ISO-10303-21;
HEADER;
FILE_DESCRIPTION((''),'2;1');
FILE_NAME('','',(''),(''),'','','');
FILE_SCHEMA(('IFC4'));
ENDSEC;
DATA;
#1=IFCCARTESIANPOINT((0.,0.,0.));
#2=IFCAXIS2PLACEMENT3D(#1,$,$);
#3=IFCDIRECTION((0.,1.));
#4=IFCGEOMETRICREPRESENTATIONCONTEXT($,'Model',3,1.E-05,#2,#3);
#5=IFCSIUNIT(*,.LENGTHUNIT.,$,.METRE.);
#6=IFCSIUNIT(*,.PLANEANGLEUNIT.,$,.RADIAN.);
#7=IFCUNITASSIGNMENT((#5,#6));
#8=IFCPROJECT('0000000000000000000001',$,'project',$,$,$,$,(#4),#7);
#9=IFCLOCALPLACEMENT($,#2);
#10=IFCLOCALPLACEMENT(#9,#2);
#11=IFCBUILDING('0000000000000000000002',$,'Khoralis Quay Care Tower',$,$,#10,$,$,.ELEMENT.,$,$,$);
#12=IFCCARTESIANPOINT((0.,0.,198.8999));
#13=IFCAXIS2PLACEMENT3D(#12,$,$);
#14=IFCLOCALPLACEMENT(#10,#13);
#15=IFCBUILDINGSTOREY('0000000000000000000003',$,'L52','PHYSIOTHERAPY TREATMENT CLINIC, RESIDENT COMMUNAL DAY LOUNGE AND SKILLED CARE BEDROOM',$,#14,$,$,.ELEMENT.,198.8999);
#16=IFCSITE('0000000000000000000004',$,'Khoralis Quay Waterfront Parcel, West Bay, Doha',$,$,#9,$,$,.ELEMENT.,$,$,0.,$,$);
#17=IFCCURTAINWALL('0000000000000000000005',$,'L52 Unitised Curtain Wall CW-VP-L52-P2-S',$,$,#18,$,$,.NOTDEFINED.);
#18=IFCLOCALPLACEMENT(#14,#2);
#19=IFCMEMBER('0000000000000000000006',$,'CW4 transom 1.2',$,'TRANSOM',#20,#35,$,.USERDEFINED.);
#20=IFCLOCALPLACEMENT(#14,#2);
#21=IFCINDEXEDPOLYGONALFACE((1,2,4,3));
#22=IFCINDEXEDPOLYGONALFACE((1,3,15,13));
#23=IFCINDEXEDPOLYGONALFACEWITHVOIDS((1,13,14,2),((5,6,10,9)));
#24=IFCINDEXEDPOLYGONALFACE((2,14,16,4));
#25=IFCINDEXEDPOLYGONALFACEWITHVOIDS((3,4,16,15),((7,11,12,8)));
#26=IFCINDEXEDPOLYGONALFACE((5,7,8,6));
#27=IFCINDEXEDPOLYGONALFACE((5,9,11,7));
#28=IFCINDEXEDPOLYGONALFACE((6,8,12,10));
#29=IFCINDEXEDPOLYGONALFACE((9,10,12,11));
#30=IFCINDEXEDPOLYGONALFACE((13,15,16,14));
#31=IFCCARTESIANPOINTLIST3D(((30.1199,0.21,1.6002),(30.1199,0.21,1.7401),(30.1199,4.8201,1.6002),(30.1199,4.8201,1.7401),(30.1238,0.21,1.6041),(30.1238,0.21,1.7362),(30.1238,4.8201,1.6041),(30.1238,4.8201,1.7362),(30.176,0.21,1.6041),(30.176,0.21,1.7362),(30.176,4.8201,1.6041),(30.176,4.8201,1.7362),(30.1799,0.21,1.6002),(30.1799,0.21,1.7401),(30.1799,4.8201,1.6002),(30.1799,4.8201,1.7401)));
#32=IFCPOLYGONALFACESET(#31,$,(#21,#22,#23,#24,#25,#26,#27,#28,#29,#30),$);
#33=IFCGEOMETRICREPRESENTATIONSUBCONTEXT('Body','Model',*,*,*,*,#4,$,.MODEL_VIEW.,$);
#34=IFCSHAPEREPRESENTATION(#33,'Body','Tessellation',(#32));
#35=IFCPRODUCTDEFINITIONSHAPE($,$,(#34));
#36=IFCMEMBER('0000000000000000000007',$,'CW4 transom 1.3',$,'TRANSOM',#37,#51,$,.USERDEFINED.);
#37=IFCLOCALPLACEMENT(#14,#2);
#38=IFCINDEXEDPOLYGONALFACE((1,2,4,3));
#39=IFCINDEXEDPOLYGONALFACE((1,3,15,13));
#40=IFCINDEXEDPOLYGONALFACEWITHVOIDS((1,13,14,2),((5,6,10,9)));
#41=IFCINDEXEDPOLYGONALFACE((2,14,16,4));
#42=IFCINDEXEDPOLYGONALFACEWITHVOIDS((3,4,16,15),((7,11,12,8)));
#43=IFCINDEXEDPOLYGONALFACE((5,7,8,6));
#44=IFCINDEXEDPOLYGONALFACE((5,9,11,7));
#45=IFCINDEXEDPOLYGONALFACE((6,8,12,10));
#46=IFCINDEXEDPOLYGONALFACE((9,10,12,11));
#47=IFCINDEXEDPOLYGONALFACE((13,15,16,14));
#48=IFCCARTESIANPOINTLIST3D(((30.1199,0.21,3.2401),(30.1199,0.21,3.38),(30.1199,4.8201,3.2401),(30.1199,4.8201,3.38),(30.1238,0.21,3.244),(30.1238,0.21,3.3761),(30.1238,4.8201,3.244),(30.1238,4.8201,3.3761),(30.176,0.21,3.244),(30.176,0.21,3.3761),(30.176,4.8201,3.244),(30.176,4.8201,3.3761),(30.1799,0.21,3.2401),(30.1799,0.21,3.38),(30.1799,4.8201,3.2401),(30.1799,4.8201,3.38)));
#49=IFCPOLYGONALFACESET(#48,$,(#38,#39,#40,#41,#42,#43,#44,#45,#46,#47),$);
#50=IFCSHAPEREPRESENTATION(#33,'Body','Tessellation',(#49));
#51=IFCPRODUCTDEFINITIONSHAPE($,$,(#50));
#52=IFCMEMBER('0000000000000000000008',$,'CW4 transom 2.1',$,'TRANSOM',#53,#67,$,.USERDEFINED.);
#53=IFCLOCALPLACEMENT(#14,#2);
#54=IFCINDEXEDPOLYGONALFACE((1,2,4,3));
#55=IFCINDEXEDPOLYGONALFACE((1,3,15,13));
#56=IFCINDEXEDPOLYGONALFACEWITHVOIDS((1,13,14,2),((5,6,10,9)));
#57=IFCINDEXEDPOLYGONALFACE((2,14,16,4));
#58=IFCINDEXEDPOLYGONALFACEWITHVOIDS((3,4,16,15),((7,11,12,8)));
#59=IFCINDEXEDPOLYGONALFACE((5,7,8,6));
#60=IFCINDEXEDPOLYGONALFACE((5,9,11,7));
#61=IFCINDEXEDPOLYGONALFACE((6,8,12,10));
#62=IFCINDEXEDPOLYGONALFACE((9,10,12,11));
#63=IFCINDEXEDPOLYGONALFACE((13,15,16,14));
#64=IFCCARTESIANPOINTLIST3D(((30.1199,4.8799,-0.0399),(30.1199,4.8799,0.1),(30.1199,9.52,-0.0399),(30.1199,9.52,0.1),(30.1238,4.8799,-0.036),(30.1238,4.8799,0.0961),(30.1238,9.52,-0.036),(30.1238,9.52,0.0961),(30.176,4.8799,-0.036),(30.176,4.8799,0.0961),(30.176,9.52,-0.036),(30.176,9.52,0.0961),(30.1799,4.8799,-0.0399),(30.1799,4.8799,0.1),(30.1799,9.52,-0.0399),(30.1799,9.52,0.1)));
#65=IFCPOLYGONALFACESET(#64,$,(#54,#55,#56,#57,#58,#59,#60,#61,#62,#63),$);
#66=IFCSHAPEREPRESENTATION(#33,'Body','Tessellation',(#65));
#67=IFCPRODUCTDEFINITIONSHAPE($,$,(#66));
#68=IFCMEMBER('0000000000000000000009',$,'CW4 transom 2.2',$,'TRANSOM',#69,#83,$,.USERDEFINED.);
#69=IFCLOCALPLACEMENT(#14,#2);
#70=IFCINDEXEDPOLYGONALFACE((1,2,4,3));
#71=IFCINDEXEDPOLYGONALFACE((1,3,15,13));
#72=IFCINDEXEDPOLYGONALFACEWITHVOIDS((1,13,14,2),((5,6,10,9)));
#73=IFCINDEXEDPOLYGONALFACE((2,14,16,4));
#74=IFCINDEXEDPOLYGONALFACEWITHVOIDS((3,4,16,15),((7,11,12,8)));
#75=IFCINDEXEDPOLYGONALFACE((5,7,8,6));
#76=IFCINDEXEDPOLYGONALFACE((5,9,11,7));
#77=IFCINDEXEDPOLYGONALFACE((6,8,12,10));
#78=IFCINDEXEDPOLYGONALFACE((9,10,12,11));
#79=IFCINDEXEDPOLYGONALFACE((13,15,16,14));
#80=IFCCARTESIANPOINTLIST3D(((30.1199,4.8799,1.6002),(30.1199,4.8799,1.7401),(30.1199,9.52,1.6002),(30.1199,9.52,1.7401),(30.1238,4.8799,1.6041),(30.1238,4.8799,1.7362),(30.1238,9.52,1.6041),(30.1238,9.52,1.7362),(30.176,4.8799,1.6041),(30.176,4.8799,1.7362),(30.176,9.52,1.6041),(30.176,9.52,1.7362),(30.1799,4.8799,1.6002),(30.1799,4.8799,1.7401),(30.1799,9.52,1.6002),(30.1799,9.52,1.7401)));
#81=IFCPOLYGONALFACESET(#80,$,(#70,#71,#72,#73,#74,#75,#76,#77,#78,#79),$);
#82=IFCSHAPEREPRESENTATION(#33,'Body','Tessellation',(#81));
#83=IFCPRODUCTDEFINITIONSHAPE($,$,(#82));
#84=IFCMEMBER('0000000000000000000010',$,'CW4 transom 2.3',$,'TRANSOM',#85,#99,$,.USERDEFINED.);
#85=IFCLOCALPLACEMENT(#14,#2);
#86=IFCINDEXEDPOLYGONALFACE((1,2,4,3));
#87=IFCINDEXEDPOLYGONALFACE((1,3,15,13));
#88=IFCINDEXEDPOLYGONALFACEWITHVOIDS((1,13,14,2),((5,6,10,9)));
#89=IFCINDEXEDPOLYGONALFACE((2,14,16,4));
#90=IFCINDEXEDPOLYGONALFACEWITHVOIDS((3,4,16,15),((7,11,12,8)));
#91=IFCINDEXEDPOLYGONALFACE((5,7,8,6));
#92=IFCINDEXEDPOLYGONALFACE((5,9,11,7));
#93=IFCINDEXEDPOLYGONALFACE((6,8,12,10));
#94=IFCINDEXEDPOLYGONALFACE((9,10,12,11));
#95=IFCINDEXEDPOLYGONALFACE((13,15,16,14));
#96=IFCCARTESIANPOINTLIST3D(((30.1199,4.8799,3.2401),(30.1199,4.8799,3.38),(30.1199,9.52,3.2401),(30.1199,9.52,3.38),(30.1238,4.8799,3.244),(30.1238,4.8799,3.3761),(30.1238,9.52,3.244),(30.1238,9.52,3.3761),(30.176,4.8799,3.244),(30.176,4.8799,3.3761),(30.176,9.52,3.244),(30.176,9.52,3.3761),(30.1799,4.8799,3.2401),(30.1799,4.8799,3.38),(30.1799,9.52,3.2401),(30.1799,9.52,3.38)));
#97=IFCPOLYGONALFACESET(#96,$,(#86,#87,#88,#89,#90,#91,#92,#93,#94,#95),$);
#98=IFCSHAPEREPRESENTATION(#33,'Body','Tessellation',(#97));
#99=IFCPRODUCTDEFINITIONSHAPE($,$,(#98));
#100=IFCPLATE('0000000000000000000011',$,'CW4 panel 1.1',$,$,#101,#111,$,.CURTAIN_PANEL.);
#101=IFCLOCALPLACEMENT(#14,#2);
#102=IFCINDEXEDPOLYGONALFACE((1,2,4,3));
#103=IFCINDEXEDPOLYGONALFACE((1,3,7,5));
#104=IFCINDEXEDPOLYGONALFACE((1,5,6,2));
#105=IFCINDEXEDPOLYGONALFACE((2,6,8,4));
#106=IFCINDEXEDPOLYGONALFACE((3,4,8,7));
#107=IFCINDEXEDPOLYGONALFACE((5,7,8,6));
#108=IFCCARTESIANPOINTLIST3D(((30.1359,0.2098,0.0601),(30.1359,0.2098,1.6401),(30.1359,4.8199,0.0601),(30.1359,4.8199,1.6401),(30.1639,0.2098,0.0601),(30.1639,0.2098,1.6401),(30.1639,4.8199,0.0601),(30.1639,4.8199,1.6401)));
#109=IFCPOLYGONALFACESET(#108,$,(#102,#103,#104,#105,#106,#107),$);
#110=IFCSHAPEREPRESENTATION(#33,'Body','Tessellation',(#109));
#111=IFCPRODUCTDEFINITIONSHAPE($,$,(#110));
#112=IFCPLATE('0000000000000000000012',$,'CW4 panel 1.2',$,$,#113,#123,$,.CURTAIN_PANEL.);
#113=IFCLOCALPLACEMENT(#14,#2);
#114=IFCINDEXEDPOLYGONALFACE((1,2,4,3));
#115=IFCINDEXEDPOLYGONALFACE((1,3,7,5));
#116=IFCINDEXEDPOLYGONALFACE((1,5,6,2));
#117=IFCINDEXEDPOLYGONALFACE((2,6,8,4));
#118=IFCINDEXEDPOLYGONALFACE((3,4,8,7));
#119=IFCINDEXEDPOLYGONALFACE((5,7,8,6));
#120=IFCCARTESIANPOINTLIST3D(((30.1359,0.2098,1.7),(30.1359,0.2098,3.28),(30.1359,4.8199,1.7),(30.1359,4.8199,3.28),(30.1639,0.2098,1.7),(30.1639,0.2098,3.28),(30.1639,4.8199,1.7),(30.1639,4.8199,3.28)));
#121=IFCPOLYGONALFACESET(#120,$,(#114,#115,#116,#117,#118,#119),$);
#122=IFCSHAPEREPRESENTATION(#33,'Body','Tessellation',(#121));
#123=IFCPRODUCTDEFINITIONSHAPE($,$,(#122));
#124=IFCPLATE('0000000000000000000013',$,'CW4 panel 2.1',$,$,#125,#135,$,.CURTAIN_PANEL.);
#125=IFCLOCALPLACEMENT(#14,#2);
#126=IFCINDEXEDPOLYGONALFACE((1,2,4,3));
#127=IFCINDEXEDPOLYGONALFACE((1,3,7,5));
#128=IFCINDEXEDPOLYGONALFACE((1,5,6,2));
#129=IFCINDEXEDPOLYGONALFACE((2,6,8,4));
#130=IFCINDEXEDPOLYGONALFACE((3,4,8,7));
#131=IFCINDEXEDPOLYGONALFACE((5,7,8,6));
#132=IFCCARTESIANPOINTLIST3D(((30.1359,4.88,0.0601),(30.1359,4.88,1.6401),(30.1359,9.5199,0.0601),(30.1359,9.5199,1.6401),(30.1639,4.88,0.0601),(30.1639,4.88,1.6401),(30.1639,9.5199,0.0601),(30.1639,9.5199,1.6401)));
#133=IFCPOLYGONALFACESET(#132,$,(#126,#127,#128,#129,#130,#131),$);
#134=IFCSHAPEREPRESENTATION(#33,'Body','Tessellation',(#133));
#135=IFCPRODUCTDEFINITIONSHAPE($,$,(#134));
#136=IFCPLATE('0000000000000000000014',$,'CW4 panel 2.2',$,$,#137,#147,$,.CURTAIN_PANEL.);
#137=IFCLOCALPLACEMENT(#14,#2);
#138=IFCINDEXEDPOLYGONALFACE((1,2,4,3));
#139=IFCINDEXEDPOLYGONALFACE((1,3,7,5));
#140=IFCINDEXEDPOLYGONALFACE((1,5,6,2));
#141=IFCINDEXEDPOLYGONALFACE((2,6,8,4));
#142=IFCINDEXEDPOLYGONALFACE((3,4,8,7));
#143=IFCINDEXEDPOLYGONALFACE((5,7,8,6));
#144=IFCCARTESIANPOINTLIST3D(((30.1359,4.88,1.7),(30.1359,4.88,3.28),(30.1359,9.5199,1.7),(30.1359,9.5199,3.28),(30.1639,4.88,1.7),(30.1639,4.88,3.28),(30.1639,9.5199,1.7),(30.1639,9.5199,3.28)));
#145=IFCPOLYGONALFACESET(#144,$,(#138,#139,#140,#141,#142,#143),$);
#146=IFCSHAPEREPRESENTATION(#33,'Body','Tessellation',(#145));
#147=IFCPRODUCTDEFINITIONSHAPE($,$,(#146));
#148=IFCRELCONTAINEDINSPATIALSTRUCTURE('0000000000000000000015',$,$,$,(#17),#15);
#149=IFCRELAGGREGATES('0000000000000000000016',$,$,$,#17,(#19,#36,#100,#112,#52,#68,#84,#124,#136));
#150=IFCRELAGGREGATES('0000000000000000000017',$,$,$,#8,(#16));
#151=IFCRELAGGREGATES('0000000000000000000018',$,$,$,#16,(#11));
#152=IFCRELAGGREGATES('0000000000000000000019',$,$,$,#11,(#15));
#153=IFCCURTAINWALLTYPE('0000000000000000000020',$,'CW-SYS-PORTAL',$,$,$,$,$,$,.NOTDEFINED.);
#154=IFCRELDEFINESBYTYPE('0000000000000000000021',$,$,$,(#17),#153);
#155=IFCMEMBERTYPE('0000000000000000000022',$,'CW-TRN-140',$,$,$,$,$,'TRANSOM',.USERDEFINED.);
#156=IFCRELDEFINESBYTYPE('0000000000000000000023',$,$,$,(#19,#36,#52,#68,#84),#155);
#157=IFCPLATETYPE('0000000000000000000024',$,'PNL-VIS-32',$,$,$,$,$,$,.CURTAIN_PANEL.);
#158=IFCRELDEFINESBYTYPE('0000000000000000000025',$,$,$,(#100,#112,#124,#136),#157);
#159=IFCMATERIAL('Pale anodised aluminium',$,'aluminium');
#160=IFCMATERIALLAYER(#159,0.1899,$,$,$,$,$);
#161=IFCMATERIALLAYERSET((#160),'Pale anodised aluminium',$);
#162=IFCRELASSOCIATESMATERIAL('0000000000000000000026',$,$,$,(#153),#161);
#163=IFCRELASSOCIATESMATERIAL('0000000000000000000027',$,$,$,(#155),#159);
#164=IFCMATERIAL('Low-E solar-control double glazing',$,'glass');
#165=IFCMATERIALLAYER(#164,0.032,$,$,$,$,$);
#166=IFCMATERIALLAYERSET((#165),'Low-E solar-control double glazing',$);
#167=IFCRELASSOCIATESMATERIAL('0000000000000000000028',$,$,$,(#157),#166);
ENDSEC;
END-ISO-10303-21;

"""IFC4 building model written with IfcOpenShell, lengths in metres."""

from ifc_helpers import new_model, si_unit, direction, frame, origin, origin_2d, place, context, subcontext, project, spatial, rectangle, hollow_rectangle, extrude, source, transform, mapped, material, layer, layer_set, material_profile, profile_set, type_object, element, aggregate, save


model = new_model("IFC4")

# Units and contexts
model_context = context("Model", 3, precision=1e-05, world=origin(), true_north=direction((0.0, 1.0)))
body_context = subcontext(model_context, "Body", "Model", "MODEL_VIEW")
ifc_project = project(units=[si_unit("LENGTHUNIT", "METRE"), si_unit("PLANEANGLEUNIT", "RADIAN")], contexts=[model_context])

# Site, building, storey
site_placement = place(None, origin())
site = spatial("IfcSite", under=ifc_project, at=site_placement, Name="Khoralis Quay Waterfront Parcel, West Bay, Doha", CompositionType="ELEMENT", RefElevation=0.0)
building_placement = place(site_placement, origin())
building = spatial("IfcBuilding", under=site, at=building_placement, Name="Khoralis Quay Care Tower", CompositionType="ELEMENT")
storey_placement = place(building_placement, frame((0.0, 0.0, 198.8999)))
storey = spatial("IfcBuildingStorey", under=building, at=storey_placement, Name="L52", Description="PHYSIOTHERAPY TREATMENT CLINIC, RESIDENT COMMUNAL DAY LOUNGE AND SKILLED CARE BEDROOM", CompositionType="ELEMENT", Elevation=198.8999)

# Curtain wall, members, plates
ifc_material_1 = material(Name="Pale anodised aluminium", Category="aluminium")
ifc_layer_1 = layer(ifc_material_1, 0.1899)
ifc_layer_set_1 = layer_set([ifc_layer_1], Name="Pale anodised aluminium")
curtain_wall_type = type_object("IfcCurtainWallType", Name="CW-SYS-PORTAL", PredefinedType="NOTDEFINED", material=ifc_layer_set_1)
curtain_wall_placement = place(storey_placement, origin())
curtain_wall = element("IfcCurtainWall", 1, at=curtain_wall_placement, inside=storey, type_object=curtain_wall_type, Name="L52 Unitised Curtain Wall CW-VP-L52-P2-S", PredefinedType="NOTDEFINED")
ifc_material_profile_1 = material_profile(ifc_material_1, hollow_rectangle(XDim=0.0601, YDim=0.1399, WallThickness=0.0039, at=origin_2d()), Name="Pale anodised aluminium")
ifc_profile_set_1 = profile_set([ifc_material_profile_1], Name="Pale anodised aluminium")
member_type_1 = type_object("IfcMemberType", Name="CW-TRN-140", ElementType="TRANSOM", PredefinedType="USERDEFINED", material=ifc_profile_set_1)
shared_shape_1 = source(origin(), body_context, "Body", "SweptSolid", [
    extrude(hollow_rectangle(XDim=0.0601, YDim=0.1399, WallThickness=0.0039, at=origin_2d()), origin(), (0.0, 0.0, 1.0), 4.6101),
])
member_1_placement = place(storey_placement, frame((30.1499, 0.21, 1.6702), z_axis=(0.0, 1.0, 0.0), x_axis=(-1.0, 0.0, 0.0)))
member_1 = element("IfcMember", 2, at=member_1_placement, type_object=member_type_1, Name="CW4 transom 1.2", ObjectType="TRANSOM", PredefinedType="USERDEFINED", context=body_context, shape_type="MappedRepresentation", body=[
    mapped(shared_shape_1, transform((0.0, 0.0, 0.0), scale=1.0)),
])
member_2_placement = place(storey_placement, frame((30.1499, 0.21, 3.3101), z_axis=(0.0, 1.0, 0.0), x_axis=(-1.0, 0.0, 0.0)))
member_2 = element("IfcMember", 3, at=member_2_placement, type_object=member_type_1, Name="CW4 transom 1.3", ObjectType="TRANSOM", PredefinedType="USERDEFINED", context=body_context, shape_type="MappedRepresentation", body=[
    mapped(shared_shape_1, transform((0.0, 0.0, 0.0), scale=1.0)),
])
shared_shape_2 = source(origin(), body_context, "Body", "SweptSolid", [
    extrude(hollow_rectangle(XDim=0.0601, YDim=0.1399, WallThickness=0.0039, at=origin_2d()), origin(), (0.0, 0.0, 1.0), 4.6401),
])
member_3_placement = place(storey_placement, frame((30.1499, 4.8799, 0.03), z_axis=(0.0, 1.0, 0.0), x_axis=(-1.0, 0.0, 0.0)))
member_3 = element("IfcMember", 4, at=member_3_placement, type_object=member_type_1, Name="CW4 transom 2.1", ObjectType="TRANSOM", PredefinedType="USERDEFINED", context=body_context, shape_type="MappedRepresentation", body=[
    mapped(shared_shape_2, transform((0.0, 0.0, 0.0), scale=1.0)),
])
member_4_placement = place(storey_placement, frame((30.1499, 4.8799, 1.6702), z_axis=(0.0, 1.0, 0.0), x_axis=(-1.0, 0.0, 0.0)))
member_4 = element("IfcMember", 5, at=member_4_placement, type_object=member_type_1, Name="CW4 transom 2.2", ObjectType="TRANSOM", PredefinedType="USERDEFINED", context=body_context, shape_type="MappedRepresentation", body=[
    mapped(shared_shape_2, transform((0.0, 0.0, 0.0), scale=1.0)),
])
member_5_placement = place(storey_placement, frame((30.1499, 4.8799, 3.3101), z_axis=(0.0, 1.0, 0.0), x_axis=(-1.0, 0.0, 0.0)))
member_5 = element("IfcMember", 6, at=member_5_placement, type_object=member_type_1, Name="CW4 transom 2.3", ObjectType="TRANSOM", PredefinedType="USERDEFINED", context=body_context, shape_type="MappedRepresentation", body=[
    mapped(shared_shape_2, transform((0.0, 0.0, 0.0), scale=1.0)),
])
ifc_material_2 = material(Name="Low-E solar-control double glazing", Category="glass")
ifc_layer_2 = layer(ifc_material_2, 0.032)
ifc_layer_set_2 = layer_set([ifc_layer_2], Name="Low-E solar-control double glazing")
plate_type = type_object("IfcPlateType", Name="PNL-VIS-32", PredefinedType="CURTAIN_PANEL", material=ifc_layer_set_2)
shared_shape_3 = source(origin(), body_context, "Body", "SweptSolid", [
    extrude(rectangle(XDim=4.6101, YDim=0.0281, at=origin_2d()), origin(), (0.0, 0.0, 1.0), 1.5801),
])
plate_1_placement = place(storey_placement, frame((30.1499, 2.5149, 0.0601), z_axis=(0.0, 0.0, 1.0), x_axis=(0.0, 1.0, 0.0)))
plate_1 = element("IfcPlate", 7, at=plate_1_placement, type_object=plate_type, Name="CW4 panel 1.1", PredefinedType="CURTAIN_PANEL", context=body_context, shape_type="MappedRepresentation", body=[
    mapped(shared_shape_3, transform((0.0, 0.0, 0.0), scale=1.0)),
])
plate_2_placement = place(storey_placement, frame((30.1499, 2.5149, 1.7), z_axis=(0.0, 0.0, 1.0), x_axis=(0.0, 1.0, 0.0)))
plate_2 = element("IfcPlate", 8, at=plate_2_placement, type_object=plate_type, Name="CW4 panel 1.2", PredefinedType="CURTAIN_PANEL", context=body_context, shape_type="MappedRepresentation", body=[
    mapped(shared_shape_3, transform((0.0, 0.0, 0.0), scale=1.0)),
])
shared_shape_4 = source(origin(), body_context, "Body", "SweptSolid", [
    extrude(rectangle(XDim=4.6399, YDim=0.0281, at=origin_2d()), origin(), (0.0, 0.0, 1.0), 1.5801),
])
plate_3_placement = place(storey_placement, frame((30.1499, 7.2, 0.0601), z_axis=(0.0, 0.0, 1.0), x_axis=(0.0, 1.0, 0.0)))
plate_3 = element("IfcPlate", 9, at=plate_3_placement, type_object=plate_type, Name="CW4 panel 2.1", PredefinedType="CURTAIN_PANEL", context=body_context, shape_type="MappedRepresentation", body=[
    mapped(shared_shape_4, transform((0.0, 0.0, 0.0), scale=1.0)),
])
plate_4_placement = place(storey_placement, frame((30.1499, 7.2, 1.7), z_axis=(0.0, 0.0, 1.0), x_axis=(0.0, 1.0, 0.0)))
plate_4 = element("IfcPlate", 10, at=plate_4_placement, type_object=plate_type, Name="CW4 panel 2.2", PredefinedType="CURTAIN_PANEL", context=body_context, shape_type="MappedRepresentation", body=[
    mapped(shared_shape_4, transform((0.0, 0.0, 0.0), scale=1.0)),
])
aggregate(curtain_wall, [member_1, member_2, plate_1, plate_2, member_3, member_4, member_5, plate_3, plate_4])

save(model, "model.ifc")
